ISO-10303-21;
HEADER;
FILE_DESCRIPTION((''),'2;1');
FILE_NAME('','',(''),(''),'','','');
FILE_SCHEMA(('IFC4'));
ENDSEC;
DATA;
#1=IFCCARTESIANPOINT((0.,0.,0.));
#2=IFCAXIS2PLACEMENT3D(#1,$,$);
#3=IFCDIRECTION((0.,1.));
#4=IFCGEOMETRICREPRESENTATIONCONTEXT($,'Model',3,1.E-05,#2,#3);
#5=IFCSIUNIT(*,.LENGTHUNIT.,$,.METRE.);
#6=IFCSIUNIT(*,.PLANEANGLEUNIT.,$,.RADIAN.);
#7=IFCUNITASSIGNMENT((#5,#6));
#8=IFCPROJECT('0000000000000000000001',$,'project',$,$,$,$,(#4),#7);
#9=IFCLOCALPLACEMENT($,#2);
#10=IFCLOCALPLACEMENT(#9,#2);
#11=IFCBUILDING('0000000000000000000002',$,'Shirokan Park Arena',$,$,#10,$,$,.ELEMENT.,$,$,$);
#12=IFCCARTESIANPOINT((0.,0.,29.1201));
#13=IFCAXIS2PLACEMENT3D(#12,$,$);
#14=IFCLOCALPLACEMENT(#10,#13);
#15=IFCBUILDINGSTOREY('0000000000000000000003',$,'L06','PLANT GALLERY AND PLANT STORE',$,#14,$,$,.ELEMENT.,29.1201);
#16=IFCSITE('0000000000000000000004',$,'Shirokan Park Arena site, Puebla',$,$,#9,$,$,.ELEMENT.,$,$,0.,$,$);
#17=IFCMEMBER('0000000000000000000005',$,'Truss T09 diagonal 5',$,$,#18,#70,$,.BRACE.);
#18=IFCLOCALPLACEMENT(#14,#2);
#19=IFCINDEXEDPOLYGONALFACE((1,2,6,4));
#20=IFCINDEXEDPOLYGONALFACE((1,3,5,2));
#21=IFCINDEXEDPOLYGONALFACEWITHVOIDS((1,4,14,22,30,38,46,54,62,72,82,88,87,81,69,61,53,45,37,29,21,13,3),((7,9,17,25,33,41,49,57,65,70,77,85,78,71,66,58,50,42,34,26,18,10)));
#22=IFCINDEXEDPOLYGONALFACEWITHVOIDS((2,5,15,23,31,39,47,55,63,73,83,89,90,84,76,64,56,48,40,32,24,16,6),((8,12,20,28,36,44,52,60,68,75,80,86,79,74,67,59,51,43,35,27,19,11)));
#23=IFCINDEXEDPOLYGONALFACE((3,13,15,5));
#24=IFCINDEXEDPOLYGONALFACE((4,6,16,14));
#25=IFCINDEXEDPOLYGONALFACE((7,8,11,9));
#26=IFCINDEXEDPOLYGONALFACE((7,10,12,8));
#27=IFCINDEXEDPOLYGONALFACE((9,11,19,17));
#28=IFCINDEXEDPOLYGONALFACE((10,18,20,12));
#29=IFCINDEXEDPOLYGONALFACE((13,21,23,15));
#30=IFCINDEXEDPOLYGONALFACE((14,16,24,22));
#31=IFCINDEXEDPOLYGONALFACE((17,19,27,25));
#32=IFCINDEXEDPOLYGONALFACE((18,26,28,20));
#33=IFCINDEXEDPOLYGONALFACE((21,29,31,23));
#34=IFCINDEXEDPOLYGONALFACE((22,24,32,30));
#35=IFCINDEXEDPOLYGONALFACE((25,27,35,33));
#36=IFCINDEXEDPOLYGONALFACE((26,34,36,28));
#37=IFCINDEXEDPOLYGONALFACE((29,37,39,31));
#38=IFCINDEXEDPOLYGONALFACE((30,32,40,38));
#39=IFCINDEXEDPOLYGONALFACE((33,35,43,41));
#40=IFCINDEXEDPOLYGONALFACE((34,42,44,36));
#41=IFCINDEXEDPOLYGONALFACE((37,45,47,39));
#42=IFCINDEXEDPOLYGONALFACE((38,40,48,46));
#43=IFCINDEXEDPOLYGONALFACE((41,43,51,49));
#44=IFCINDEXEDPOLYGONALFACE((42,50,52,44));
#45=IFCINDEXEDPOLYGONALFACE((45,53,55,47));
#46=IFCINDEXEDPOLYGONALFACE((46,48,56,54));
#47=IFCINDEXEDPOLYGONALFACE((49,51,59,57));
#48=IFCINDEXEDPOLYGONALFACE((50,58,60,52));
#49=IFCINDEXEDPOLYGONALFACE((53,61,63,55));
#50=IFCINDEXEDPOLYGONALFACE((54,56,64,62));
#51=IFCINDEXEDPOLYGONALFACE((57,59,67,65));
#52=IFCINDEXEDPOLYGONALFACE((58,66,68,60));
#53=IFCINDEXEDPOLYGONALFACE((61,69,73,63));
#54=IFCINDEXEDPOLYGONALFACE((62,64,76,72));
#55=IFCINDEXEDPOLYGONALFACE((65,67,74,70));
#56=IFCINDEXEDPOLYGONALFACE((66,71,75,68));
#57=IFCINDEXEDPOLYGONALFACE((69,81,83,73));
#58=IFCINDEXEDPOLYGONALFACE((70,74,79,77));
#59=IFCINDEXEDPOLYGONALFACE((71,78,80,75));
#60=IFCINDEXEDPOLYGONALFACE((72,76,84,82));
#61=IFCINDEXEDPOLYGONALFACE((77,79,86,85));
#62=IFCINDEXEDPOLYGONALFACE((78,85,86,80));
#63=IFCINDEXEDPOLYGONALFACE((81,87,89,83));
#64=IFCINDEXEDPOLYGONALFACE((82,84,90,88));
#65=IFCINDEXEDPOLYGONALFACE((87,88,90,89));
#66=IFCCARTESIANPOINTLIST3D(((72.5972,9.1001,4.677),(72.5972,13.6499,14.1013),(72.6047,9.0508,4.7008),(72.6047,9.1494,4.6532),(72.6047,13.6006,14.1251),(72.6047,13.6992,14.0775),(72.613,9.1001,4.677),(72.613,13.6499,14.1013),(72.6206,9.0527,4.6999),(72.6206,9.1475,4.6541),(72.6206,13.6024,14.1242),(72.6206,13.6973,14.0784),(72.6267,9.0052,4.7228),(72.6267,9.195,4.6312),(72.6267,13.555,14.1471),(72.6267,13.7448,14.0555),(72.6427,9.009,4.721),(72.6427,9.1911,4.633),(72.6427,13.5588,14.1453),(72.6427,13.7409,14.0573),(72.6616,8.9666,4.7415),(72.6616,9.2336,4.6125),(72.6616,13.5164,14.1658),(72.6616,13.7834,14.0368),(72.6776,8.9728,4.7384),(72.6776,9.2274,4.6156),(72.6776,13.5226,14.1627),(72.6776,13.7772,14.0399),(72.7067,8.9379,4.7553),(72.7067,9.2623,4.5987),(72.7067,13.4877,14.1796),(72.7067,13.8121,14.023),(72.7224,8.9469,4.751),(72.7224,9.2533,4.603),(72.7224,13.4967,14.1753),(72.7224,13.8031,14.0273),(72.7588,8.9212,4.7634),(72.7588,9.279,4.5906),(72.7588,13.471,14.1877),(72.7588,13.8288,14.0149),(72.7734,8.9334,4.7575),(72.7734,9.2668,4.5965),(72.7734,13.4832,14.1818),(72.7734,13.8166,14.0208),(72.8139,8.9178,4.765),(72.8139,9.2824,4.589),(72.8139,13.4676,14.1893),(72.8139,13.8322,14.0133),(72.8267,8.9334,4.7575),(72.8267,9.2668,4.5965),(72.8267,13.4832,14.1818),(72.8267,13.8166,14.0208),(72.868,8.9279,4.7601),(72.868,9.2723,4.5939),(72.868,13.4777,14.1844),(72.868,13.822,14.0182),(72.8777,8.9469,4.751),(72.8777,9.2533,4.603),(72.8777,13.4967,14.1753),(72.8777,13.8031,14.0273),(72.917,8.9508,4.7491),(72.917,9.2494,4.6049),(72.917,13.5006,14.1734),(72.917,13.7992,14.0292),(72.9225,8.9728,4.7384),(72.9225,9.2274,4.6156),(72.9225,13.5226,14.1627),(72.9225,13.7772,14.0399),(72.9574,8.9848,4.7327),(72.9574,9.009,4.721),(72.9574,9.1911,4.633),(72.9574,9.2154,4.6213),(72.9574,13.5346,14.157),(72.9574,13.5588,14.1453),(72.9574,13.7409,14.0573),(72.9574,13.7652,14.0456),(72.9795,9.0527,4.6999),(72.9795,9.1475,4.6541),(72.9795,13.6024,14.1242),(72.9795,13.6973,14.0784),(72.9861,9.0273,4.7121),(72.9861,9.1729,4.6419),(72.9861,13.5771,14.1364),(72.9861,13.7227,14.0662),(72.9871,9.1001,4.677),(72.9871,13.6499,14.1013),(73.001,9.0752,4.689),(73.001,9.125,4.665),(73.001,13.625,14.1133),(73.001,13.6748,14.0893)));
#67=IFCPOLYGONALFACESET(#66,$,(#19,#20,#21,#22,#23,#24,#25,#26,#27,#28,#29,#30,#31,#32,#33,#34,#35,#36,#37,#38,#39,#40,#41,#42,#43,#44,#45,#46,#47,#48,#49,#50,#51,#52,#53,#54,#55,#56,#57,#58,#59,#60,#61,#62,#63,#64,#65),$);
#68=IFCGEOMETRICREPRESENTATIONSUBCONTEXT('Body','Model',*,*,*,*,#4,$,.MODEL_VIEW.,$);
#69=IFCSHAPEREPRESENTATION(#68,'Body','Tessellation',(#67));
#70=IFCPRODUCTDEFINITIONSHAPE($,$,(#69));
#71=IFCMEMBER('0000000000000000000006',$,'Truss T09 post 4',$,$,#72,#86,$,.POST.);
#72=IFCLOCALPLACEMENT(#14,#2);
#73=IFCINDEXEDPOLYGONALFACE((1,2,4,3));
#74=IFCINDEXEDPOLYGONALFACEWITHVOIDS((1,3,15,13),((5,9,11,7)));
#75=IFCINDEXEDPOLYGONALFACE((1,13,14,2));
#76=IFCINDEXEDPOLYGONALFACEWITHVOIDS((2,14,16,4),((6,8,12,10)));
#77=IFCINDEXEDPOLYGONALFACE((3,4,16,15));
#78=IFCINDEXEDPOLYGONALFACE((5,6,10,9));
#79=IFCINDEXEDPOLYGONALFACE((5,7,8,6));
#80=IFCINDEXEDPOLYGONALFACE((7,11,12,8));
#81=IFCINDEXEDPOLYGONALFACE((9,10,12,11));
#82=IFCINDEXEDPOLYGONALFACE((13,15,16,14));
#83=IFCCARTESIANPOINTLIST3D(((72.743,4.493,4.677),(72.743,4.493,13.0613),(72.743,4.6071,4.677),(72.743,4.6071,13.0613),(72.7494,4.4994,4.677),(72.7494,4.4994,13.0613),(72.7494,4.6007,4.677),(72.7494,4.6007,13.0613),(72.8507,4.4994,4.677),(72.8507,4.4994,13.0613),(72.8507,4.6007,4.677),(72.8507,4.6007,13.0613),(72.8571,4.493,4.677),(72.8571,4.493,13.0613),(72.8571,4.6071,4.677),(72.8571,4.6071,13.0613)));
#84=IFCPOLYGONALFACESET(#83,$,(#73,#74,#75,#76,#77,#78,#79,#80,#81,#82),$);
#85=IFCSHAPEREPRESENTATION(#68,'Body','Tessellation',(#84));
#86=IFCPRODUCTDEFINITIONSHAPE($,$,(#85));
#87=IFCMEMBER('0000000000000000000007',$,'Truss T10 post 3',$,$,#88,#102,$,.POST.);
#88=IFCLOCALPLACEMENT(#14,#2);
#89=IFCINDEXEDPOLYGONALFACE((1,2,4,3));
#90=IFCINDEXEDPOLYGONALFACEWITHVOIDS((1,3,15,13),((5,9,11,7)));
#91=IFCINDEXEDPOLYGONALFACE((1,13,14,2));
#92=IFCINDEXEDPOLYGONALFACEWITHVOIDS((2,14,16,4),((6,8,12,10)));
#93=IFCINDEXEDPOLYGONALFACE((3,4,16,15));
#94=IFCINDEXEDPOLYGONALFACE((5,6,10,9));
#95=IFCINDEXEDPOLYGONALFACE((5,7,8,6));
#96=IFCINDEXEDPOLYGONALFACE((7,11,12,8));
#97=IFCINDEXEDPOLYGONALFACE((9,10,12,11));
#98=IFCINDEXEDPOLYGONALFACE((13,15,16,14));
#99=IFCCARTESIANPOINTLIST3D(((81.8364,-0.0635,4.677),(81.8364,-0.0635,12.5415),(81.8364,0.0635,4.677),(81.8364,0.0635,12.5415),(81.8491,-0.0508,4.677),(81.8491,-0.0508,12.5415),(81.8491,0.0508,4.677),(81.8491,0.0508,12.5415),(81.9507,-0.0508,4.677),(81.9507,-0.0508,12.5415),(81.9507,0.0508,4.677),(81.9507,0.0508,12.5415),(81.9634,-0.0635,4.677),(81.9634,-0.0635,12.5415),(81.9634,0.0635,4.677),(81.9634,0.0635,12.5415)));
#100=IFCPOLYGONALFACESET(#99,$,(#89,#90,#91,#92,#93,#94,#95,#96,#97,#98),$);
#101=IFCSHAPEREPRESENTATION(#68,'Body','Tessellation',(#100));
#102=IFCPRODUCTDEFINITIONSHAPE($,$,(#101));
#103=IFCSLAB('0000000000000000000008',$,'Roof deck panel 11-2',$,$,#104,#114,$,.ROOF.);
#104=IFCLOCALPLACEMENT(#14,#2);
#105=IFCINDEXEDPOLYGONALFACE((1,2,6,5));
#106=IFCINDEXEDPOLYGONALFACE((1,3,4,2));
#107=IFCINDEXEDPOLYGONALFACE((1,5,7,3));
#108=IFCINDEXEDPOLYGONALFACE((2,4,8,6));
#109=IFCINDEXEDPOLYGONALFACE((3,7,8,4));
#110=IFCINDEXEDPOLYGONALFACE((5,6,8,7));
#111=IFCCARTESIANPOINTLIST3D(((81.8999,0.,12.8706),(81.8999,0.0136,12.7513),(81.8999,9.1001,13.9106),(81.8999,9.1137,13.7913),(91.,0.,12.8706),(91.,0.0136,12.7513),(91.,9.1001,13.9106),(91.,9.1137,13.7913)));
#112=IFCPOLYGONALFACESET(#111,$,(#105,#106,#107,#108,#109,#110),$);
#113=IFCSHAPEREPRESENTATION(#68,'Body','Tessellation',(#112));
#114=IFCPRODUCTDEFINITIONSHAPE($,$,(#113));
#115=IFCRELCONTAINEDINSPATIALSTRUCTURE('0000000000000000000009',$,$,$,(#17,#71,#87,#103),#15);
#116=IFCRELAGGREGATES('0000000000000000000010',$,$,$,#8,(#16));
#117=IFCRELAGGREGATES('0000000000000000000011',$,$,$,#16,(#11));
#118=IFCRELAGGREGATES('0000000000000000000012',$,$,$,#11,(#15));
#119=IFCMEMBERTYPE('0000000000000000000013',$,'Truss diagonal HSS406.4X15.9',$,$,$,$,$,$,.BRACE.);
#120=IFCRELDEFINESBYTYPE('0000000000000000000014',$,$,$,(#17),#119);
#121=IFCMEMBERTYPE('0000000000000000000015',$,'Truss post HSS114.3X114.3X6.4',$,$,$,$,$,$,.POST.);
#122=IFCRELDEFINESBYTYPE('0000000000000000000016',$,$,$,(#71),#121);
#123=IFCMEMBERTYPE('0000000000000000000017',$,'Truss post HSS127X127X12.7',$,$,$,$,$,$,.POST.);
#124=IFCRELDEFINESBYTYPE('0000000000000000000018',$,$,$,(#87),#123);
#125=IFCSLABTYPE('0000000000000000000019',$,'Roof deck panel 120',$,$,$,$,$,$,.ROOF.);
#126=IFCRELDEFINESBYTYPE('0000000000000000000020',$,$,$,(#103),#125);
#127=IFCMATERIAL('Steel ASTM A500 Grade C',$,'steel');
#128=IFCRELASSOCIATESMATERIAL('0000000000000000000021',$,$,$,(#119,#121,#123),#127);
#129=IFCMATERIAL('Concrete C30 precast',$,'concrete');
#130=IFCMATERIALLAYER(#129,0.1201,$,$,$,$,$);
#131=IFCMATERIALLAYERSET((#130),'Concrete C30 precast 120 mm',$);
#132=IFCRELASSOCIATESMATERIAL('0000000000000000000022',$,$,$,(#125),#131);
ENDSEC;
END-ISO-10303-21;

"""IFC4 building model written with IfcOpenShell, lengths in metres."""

from ifc_helpers import new_model, si_unit, direction, frame, origin, origin_2d, place, context, subcontext, project, spatial, polyline, hollow_rectangle, hollow_circle, outline, extrude, material, layer, layer_set, material_profile, profile_set, type_object, element, save


model = new_model("IFC4")

# Units and contexts
model_context = context("Model", 3, precision=1e-05, world=origin(), true_north=direction((0.0, 1.0)))
body_context = subcontext(model_context, "Body", "Model", "MODEL_VIEW")
ifc_project = project(units=[si_unit("LENGTHUNIT", "METRE"), si_unit("PLANEANGLEUNIT", "RADIAN")], contexts=[model_context])

# Site, building, storey
site_placement = place(None, origin())
site = spatial("IfcSite", under=ifc_project, at=site_placement, Name="Shirokan Park Arena site, Puebla", CompositionType="ELEMENT", RefElevation=0.0)
building_placement = place(site_placement, origin())
building = spatial("IfcBuilding", under=site, at=building_placement, Name="Shirokan Park Arena", CompositionType="ELEMENT")
storey_placement = place(building_placement, frame((0.0, 0.0, 29.1201)))
storey = spatial("IfcBuildingStorey", under=building, at=storey_placement, Name="L06", Description="PLANT GALLERY AND PLANT STORE", CompositionType="ELEMENT", Elevation=29.1201)

# Shared definitions
ifc_material_1 = material(Name="Steel ASTM A500 Grade C", Category="steel")

# Members
ifc_material_profile_1 = material_profile(ifc_material_1, hollow_circle(Radius=0.2029, WallThickness=0.0159, at=origin_2d()), Name="HSS406.4X15.9")
ifc_profile_set_1 = profile_set([ifc_material_profile_1], Name="Steel ASTM A500 Grade C")
member_type_1 = type_object("IfcMemberType", Name="Truss diagonal HSS406.4X15.9", PredefinedType="BRACE", material=ifc_profile_set_1)
member_1_placement = place(storey_placement, frame((72.8, 9.1001, 4.677), z_axis=(0.0, 0.43476, 0.900547), x_axis=(-1.0, 0.0, 0.0)))
element("IfcMember", 1, at=member_1_placement, inside=storey, type_object=member_type_1, Name="Truss T09 diagonal 5", PredefinedType="BRACE", context=body_context, shape_type="SweptSolid", body=[
    extrude(hollow_circle(Radius=0.2029, WallThickness=0.0159, at=origin_2d()), origin(), (0.0, 0.0, 1.0), 10.4651),
])
ifc_material_profile_2 = material_profile(ifc_material_1, hollow_rectangle(XDim=0.114, YDim=0.114, WallThickness=0.0063, at=origin_2d()), Name="HSS114.3X114.3X6.4")
ifc_profile_set_2 = profile_set([ifc_material_profile_2], Name="Steel ASTM A500 Grade C")
member_type_2 = type_object("IfcMemberType", Name="Truss post HSS114.3X114.3X6.4", PredefinedType="POST", material=ifc_profile_set_2)
member_2_placement = place(storey_placement, frame((72.8, 4.55, 4.677), z_axis=(0.0, 0.0, 1.0), x_axis=(1.0, 0.0, 0.0)))
element("IfcMember", 2, at=member_2_placement, inside=storey, type_object=member_type_2, Name="Truss T09 post 4", PredefinedType="POST", context=body_context, shape_type="SweptSolid", body=[
    extrude(hollow_rectangle(XDim=0.114, YDim=0.114, WallThickness=0.0063, at=origin_2d()), origin(), (0.0, 0.0, 1.0), 8.3843),
])
ifc_material_profile_3 = material_profile(ifc_material_1, hollow_rectangle(XDim=0.127, YDim=0.127, WallThickness=0.0127, at=origin_2d()), Name="HSS127X127X12.7")
ifc_profile_set_3 = profile_set([ifc_material_profile_3], Name="Steel ASTM A500 Grade C")
member_type_3 = type_object("IfcMemberType", Name="Truss post HSS127X127X12.7", PredefinedType="POST", material=ifc_profile_set_3)
member_3_placement = place(storey_placement, frame((81.8999, 0.0, 4.677), z_axis=(0.0, 0.0, 1.0), x_axis=(1.0, 0.0, 0.0)))
element("IfcMember", 3, at=member_3_placement, inside=storey, type_object=member_type_3, Name="Truss T10 post 3", PredefinedType="POST", context=body_context, shape_type="SweptSolid", body=[
    extrude(hollow_rectangle(XDim=0.127, YDim=0.127, WallThickness=0.0127, at=origin_2d()), origin(), (0.0, 0.0, 1.0), 7.8645),
])

# Slab
ifc_material_2 = material(Name="Concrete C30 precast", Category="concrete")
ifc_layer = layer(ifc_material_2, 0.1201)
ifc_layer_set = layer_set([ifc_layer], Name="Concrete C30 precast 120 mm")
slab_type = type_object("IfcSlabType", Name="Roof deck panel 120", PredefinedType="ROOF", material=ifc_layer_set)
slab_placement = place(storey_placement, frame((81.8999, 0.0, 12.8706), z_axis=(0.0, -0.11355, 0.993532), x_axis=(1.0, 0.0, 0.0)))
element("IfcSlab", 4, at=slab_placement, inside=storey, type_object=slab_type, Name="Roof deck panel 11-2", PredefinedType="ROOF", context=body_context, shape_type="SweptSolid", body=[
    extrude(outline(polyline([(0.0, 0.0), (9.1001, 0.0), (9.1001, 9.1593), (0.0, 9.1593), (0.0, 0.0)])), origin(), (0.0, 0.0, -1.0), 0.1201),
])

save(model, "model.ifc")
